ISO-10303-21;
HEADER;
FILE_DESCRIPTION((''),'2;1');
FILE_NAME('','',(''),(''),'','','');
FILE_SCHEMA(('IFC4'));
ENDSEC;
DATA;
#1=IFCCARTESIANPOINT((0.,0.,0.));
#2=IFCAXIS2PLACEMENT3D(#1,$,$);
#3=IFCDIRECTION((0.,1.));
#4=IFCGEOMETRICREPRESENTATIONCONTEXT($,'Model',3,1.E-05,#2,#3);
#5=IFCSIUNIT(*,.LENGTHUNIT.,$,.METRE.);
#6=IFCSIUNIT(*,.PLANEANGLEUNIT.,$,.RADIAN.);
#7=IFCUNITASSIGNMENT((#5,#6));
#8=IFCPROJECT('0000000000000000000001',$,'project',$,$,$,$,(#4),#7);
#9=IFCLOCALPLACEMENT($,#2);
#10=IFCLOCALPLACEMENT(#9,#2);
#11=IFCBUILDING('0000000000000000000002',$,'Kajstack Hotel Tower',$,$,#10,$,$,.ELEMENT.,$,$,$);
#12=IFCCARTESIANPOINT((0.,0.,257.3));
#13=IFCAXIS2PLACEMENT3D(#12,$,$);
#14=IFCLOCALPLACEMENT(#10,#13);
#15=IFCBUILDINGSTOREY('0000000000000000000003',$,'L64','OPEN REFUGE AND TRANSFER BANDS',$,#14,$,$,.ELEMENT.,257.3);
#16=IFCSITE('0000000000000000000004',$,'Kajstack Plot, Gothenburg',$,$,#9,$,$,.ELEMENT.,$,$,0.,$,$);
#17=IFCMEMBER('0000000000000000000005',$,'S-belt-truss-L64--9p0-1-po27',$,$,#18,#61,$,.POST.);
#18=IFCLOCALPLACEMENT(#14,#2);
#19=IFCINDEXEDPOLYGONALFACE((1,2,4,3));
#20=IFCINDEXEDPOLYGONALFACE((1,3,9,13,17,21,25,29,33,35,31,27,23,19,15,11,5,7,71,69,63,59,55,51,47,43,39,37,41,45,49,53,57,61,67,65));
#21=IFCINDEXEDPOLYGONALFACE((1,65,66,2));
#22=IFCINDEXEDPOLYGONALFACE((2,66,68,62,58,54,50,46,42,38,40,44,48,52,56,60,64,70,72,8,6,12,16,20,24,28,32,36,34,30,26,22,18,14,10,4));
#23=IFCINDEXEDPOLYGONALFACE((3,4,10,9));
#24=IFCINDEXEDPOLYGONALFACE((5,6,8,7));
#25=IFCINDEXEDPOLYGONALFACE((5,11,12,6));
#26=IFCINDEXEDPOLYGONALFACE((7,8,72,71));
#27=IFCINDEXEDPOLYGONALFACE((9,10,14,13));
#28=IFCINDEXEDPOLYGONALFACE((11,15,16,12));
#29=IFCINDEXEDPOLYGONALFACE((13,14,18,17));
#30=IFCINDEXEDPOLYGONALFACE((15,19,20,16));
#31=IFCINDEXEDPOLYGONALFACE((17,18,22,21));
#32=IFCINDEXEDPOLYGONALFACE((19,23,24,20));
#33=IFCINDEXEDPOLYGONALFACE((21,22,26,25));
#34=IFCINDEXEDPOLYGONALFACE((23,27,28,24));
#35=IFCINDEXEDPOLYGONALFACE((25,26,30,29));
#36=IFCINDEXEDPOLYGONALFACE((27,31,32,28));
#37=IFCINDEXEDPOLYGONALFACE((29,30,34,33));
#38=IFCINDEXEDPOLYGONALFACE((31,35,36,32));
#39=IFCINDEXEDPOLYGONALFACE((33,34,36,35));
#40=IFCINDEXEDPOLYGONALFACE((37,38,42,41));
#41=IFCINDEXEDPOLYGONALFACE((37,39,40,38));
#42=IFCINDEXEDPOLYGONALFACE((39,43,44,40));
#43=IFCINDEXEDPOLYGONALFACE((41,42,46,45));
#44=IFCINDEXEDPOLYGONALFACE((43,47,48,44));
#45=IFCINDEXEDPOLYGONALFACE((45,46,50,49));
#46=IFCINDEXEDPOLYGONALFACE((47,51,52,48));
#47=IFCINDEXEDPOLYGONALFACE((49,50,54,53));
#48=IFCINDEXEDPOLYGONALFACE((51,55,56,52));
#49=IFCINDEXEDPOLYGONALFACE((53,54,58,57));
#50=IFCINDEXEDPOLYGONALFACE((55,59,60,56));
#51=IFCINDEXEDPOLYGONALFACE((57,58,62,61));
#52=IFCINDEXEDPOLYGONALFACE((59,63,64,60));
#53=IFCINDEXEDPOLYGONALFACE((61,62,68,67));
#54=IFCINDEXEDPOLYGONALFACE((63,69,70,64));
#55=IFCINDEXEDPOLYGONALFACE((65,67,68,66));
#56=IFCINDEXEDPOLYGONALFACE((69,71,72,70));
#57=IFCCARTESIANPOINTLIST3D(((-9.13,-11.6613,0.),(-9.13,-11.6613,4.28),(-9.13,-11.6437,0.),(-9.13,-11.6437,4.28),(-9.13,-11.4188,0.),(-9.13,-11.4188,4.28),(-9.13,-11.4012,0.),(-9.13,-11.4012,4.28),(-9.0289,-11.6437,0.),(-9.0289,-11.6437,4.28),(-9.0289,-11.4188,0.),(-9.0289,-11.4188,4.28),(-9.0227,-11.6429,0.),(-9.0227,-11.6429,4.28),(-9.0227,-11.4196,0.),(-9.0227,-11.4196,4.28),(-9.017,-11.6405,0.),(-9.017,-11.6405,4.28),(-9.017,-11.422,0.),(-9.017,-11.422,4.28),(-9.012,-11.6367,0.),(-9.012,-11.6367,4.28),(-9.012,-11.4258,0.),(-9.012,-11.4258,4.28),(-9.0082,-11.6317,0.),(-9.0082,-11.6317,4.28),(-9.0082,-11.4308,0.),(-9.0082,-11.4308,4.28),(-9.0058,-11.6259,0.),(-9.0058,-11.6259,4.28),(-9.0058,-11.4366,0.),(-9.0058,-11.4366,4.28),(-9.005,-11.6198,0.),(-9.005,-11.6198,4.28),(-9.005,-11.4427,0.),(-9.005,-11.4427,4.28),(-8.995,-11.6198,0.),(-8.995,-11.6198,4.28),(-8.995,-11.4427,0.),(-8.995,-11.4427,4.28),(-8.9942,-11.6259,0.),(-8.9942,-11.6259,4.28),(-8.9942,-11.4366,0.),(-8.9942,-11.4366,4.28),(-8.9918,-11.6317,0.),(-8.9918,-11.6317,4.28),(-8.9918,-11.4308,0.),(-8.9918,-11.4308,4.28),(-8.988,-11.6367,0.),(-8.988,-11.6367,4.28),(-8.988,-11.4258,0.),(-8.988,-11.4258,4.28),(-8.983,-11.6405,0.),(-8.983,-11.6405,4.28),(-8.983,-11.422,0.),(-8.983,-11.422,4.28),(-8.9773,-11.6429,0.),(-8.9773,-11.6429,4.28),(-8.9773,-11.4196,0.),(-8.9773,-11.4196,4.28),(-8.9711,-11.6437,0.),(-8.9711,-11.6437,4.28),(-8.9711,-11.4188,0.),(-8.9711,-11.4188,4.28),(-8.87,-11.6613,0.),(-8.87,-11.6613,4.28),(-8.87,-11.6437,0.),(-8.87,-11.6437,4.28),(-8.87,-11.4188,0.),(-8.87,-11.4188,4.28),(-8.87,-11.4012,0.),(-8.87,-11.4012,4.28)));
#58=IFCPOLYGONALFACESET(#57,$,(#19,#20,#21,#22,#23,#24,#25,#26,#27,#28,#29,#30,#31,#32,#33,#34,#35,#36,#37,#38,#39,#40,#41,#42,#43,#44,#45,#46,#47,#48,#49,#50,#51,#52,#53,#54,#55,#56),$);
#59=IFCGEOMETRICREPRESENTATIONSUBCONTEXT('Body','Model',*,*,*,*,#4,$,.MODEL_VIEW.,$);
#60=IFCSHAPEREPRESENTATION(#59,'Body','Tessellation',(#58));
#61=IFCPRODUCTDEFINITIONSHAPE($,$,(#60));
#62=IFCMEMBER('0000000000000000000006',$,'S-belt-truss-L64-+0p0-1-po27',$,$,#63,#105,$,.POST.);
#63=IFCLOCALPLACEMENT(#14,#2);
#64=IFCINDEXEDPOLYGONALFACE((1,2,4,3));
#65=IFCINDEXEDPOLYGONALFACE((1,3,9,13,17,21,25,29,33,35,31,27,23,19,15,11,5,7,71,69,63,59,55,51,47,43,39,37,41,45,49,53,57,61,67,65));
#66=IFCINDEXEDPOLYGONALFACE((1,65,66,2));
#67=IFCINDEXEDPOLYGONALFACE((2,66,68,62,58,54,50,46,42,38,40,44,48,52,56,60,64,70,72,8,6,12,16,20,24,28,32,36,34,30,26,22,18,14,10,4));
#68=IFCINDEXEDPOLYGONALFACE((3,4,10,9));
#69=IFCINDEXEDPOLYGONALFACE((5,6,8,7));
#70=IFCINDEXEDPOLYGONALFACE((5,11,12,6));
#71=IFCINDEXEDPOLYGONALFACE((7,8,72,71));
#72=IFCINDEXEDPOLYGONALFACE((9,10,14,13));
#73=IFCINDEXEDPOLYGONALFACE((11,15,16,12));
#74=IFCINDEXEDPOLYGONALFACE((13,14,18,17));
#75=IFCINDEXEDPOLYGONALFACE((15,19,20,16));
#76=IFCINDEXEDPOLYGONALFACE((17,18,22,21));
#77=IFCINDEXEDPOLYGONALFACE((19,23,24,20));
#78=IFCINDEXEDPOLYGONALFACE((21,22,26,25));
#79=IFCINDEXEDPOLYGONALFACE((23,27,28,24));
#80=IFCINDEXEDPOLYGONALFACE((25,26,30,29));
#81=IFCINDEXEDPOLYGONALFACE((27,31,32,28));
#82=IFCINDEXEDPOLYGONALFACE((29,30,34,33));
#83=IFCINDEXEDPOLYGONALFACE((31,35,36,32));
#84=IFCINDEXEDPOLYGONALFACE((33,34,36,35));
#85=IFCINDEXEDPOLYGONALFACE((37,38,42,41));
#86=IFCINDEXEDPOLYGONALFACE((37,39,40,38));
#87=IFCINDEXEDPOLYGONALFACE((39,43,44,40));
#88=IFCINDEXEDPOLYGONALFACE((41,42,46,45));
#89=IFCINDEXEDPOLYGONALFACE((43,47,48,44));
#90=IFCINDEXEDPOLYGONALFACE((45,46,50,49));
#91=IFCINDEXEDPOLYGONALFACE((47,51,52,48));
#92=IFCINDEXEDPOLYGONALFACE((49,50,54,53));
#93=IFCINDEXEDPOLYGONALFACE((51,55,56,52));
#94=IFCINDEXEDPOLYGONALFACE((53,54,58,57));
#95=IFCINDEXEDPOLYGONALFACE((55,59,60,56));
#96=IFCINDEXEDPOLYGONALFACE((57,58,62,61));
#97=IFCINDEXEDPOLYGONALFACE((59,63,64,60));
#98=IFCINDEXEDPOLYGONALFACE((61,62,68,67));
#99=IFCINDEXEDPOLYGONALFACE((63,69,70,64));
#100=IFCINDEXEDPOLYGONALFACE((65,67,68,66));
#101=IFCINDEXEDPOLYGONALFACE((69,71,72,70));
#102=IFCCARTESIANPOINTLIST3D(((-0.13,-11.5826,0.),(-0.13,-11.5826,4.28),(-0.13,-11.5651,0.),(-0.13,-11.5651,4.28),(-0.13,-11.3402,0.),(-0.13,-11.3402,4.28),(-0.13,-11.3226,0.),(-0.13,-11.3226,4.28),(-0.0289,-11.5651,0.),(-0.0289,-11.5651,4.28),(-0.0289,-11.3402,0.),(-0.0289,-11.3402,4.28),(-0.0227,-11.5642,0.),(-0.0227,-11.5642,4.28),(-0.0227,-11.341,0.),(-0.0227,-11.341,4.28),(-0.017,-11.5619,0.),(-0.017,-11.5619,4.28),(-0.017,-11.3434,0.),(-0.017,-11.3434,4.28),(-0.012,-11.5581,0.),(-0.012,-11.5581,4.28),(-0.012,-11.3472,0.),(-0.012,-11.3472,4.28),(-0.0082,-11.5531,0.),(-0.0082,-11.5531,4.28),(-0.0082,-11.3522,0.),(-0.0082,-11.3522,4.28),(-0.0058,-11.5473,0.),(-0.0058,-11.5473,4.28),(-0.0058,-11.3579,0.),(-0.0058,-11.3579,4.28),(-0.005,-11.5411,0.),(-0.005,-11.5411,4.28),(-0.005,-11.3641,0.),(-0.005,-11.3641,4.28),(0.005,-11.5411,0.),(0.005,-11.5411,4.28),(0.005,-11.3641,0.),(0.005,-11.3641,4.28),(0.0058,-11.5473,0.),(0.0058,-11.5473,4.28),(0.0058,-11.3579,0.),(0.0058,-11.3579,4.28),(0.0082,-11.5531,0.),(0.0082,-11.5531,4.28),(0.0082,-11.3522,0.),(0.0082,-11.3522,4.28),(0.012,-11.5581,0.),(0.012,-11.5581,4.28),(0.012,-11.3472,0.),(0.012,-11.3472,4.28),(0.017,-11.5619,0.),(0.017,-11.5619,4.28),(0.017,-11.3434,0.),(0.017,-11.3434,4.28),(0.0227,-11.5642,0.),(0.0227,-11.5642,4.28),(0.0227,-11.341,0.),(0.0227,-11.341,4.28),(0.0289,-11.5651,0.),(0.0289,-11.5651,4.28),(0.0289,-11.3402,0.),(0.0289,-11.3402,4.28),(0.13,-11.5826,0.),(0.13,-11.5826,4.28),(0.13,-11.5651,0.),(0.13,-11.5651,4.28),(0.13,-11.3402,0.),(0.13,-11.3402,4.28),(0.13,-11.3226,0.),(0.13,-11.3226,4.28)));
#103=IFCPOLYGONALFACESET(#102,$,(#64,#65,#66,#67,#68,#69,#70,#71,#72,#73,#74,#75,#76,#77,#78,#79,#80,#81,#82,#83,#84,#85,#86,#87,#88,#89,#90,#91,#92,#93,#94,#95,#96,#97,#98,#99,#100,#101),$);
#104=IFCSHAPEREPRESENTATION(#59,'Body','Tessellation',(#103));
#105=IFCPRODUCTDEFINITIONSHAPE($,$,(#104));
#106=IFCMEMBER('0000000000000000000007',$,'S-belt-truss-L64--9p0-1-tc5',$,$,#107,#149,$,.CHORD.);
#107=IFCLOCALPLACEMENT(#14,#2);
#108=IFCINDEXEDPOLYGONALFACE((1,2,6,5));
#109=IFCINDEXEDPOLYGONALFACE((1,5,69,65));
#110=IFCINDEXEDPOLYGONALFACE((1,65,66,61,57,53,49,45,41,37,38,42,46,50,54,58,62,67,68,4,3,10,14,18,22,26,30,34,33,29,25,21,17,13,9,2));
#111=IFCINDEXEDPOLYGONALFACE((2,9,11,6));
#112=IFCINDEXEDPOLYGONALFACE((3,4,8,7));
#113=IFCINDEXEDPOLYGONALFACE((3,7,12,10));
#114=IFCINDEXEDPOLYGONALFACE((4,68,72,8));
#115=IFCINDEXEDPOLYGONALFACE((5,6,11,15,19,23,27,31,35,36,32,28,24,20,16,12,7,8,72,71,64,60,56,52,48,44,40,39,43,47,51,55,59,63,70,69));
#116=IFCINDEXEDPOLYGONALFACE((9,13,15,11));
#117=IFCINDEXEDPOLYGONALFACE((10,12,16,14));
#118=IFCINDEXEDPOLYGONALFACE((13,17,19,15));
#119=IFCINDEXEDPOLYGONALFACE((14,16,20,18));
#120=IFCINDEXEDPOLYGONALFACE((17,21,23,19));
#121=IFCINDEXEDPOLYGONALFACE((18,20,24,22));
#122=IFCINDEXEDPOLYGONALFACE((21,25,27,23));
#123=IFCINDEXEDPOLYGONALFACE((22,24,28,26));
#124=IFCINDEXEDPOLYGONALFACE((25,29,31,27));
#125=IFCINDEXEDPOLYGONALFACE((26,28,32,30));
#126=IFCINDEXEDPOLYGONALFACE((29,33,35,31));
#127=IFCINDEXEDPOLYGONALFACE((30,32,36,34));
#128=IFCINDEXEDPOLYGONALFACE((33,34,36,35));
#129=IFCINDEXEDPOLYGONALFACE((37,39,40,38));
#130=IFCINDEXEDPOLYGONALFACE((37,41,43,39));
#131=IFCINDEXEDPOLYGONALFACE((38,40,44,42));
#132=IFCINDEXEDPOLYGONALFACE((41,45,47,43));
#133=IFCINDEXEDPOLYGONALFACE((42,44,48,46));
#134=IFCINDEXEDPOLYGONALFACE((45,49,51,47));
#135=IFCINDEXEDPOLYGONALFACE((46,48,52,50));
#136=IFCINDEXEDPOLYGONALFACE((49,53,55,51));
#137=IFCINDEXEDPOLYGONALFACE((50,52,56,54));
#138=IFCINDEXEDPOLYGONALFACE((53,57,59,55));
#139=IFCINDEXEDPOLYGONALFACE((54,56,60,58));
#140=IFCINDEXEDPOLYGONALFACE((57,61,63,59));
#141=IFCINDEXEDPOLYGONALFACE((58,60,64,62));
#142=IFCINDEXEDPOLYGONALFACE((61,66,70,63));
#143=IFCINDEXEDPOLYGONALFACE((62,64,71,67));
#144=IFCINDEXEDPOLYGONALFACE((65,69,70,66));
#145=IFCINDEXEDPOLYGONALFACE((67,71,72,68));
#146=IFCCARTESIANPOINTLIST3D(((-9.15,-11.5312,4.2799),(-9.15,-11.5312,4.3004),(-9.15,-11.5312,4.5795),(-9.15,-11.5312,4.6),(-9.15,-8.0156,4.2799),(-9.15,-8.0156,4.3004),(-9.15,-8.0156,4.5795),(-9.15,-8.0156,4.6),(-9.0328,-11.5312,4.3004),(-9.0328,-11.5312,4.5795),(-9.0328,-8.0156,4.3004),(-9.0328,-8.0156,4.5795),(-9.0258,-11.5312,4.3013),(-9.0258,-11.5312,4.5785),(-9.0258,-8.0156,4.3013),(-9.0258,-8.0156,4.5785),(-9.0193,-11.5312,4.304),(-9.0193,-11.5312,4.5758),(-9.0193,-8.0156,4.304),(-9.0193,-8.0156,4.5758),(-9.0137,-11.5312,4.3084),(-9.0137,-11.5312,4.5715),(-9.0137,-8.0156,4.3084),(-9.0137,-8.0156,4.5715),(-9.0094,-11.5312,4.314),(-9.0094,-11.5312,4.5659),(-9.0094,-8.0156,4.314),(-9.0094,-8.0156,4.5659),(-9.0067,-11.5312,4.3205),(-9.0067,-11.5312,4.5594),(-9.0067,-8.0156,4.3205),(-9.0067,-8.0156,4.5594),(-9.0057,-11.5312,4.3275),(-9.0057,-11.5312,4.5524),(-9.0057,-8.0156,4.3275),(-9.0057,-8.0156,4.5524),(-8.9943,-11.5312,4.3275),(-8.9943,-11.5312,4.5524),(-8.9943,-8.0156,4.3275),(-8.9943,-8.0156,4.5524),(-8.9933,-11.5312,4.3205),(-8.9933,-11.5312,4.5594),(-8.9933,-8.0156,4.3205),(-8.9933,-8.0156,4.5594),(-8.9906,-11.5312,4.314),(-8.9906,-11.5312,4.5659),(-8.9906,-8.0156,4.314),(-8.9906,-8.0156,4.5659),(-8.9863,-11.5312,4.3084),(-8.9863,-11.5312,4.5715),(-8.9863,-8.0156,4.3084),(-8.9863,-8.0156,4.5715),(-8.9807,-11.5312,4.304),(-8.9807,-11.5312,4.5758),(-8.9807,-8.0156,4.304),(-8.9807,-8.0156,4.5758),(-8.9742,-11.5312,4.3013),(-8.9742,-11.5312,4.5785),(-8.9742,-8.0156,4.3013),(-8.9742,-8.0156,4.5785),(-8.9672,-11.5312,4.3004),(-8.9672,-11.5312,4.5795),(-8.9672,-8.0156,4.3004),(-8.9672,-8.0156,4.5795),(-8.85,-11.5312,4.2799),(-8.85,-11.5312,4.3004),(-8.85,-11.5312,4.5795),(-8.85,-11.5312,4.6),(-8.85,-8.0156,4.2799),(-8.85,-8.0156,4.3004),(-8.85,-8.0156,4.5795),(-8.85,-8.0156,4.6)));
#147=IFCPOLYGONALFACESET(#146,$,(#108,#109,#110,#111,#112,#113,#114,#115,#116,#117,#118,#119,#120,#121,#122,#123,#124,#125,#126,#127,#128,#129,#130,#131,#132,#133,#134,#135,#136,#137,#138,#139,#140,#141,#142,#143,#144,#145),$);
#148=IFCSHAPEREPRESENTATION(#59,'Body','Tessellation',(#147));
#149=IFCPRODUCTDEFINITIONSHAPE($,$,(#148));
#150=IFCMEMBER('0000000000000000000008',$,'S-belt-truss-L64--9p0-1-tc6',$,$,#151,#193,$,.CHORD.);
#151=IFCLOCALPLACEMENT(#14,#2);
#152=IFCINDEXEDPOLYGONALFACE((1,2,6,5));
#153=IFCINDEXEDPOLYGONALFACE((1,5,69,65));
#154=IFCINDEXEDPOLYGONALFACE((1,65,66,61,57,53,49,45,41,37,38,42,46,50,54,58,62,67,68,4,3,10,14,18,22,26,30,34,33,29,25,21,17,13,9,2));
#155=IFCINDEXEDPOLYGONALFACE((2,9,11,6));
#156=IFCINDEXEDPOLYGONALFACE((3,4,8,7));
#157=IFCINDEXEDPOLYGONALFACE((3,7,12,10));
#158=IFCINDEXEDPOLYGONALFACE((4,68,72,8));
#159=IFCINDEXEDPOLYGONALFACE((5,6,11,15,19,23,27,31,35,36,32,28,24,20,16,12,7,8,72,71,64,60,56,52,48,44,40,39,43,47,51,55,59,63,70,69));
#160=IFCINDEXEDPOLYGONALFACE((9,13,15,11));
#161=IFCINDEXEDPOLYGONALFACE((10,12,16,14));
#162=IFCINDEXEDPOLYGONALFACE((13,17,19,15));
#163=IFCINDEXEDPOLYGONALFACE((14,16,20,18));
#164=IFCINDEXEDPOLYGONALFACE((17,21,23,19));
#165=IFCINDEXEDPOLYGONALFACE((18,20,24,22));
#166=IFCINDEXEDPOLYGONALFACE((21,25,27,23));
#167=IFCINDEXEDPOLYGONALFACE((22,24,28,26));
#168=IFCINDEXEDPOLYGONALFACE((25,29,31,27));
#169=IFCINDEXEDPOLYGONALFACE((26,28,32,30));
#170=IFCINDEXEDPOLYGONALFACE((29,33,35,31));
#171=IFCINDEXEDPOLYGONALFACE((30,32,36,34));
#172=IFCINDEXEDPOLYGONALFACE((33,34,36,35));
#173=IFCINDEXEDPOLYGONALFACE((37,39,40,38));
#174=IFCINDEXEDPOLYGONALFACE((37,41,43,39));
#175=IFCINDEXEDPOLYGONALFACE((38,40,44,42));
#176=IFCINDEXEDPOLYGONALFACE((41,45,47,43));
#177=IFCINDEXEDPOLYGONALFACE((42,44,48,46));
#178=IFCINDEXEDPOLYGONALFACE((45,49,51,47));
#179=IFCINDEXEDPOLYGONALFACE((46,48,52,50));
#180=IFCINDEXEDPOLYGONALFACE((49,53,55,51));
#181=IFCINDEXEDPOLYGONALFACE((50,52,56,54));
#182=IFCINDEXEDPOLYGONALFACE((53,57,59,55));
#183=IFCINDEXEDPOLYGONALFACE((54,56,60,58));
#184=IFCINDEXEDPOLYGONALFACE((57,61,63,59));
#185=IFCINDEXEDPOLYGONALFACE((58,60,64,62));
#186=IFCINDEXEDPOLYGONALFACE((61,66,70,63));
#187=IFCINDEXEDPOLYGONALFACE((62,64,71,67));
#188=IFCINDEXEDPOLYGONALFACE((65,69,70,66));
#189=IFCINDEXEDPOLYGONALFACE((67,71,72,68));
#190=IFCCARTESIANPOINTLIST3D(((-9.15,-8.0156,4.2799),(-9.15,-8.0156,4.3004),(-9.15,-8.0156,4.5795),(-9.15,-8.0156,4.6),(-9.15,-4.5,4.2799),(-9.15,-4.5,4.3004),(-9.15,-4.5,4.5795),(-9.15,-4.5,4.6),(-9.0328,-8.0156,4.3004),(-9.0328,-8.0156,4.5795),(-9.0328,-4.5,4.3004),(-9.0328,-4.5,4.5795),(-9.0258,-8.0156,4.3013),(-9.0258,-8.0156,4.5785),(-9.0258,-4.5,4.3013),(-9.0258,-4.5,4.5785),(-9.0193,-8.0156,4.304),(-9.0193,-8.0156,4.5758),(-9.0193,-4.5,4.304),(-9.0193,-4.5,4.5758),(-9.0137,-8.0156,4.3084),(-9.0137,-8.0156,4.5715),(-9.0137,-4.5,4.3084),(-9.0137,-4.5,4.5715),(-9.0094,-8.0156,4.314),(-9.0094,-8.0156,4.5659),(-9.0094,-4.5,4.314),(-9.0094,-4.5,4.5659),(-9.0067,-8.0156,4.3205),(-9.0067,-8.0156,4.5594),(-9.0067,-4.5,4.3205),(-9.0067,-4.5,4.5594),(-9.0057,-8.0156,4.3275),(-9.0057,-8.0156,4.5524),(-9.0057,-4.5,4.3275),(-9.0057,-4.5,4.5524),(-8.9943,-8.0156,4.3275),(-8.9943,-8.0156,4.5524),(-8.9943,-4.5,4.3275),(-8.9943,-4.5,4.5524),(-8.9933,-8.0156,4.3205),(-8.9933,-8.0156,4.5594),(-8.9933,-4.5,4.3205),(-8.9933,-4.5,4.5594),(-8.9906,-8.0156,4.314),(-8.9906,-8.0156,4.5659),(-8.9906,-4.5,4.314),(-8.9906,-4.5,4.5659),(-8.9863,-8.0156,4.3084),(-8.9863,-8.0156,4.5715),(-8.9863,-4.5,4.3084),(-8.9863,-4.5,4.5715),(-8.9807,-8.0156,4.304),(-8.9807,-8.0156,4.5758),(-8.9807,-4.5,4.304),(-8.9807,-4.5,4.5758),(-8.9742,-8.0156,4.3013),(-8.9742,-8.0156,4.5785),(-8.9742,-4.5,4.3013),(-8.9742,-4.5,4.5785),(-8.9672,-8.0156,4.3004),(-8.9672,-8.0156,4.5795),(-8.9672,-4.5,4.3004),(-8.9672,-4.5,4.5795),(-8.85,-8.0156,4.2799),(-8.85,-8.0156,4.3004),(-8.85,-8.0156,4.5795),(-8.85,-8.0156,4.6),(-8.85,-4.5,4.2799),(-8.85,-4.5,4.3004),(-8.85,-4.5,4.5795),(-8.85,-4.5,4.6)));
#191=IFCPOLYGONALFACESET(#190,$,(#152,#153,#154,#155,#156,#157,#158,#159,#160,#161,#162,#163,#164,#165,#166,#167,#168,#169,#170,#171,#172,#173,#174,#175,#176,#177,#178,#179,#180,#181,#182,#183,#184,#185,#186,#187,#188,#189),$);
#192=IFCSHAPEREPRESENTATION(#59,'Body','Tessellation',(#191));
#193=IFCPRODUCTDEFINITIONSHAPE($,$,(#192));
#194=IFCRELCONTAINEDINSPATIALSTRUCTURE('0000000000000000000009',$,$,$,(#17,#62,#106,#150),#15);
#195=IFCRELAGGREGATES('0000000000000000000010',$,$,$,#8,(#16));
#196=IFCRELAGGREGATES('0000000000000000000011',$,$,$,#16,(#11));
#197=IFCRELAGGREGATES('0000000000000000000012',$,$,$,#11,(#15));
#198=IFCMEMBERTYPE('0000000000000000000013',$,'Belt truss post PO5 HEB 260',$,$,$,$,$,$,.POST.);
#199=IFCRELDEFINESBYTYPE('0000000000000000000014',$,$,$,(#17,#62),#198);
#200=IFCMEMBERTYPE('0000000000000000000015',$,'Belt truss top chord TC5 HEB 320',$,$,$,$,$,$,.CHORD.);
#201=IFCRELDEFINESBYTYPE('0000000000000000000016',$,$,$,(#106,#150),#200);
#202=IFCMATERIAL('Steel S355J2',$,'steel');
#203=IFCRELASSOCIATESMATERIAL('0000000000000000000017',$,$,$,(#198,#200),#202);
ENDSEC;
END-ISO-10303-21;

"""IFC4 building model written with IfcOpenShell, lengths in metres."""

from ifc_helpers import new_model, si_unit, direction, frame, origin, origin_2d, place, context, subcontext, project, spatial, i_section, extrude, material, material_profile, profile_set, type_object, element, save


model = new_model("IFC4")

# Units and contexts
model_context = context("Model", 3, precision=1e-05, world=origin(), true_north=direction((0.0, 1.0)))
body_context = subcontext(model_context, "Body", "Model", "MODEL_VIEW")
ifc_project = project(units=[si_unit("LENGTHUNIT", "METRE"), si_unit("PLANEANGLEUNIT", "RADIAN")], contexts=[model_context])

# Site, building, storey
site_placement = place(None, origin())
site = spatial("IfcSite", under=ifc_project, at=site_placement, Name="Kajstack Plot, Gothenburg", CompositionType="ELEMENT", RefElevation=0.0)
building_placement = place(site_placement, origin())
building = spatial("IfcBuilding", under=site, at=building_placement, Name="Kajstack Hotel Tower", CompositionType="ELEMENT")
storey_placement = place(building_placement, frame((0.0, 0.0, 257.3)))
storey = spatial("IfcBuildingStorey", under=building, at=storey_placement, Name="L64", Description="OPEN REFUGE AND TRANSFER BANDS", CompositionType="ELEMENT", Elevation=257.3)

# Members
ifc_material_1 = material(Name="Steel S355J2", Category="steel")
ifc_material_profile_1 = material_profile(ifc_material_1, i_section(OverallWidth=0.26, OverallDepth=0.26, WebThickness=0.01, FlangeThickness=0.0176, FilletRadius=0.0239, at=origin_2d()), Name="HEB 260")
ifc_profile_set_1 = profile_set([ifc_material_profile_1], Name="Steel S355J2")
member_type_1 = type_object("IfcMemberType", Name="Belt truss post PO5 HEB 260", PredefinedType="POST", material=ifc_profile_set_1)
for number, where, z_axis, x_axis, name in (
    (1, (-9.0, -11.5312, 0.0), (0.0, 0.0, 1.0), (1.0, 0.0, 0.0), "S-belt-truss-L64--9p0-1-po27"),
    (2, (0.0, -11.4526, 0.0), (0.0, 0.0, 1.0), (1.0, 0.0, 0.0), "S-belt-truss-L64-+0p0-1-po27"),
):
    element("IfcMember", number, at=place(storey_placement, frame(where, z_axis=z_axis, x_axis=x_axis)), inside=storey, type_object=member_type_1, Name=name, PredefinedType="POST", context=body_context, shape_type="SweptSolid", body=[
        extrude(i_section(OverallWidth=0.26, OverallDepth=0.26, WebThickness=0.01, FlangeThickness=0.0176, FilletRadius=0.0239, at=origin_2d()), origin(), (0.0, 0.0, 1.0), 4.28),
    ])
ifc_material_profile_2 = material_profile(ifc_material_1, i_section(OverallWidth=0.3, OverallDepth=0.3201, WebThickness=0.0115, FlangeThickness=0.0205, FilletRadius=0.0271, at=origin_2d()), Name="HEB 320")
ifc_profile_set_2 = profile_set([ifc_material_profile_2], Name="Steel S355J2")
member_type_2 = type_object("IfcMemberType", Name="Belt truss top chord TC5 HEB 320", PredefinedType="CHORD", material=ifc_profile_set_2)
for number, where, z_axis, x_axis, name in (
    (3, (-9.0, -11.5312, 4.4399), (0.0, 1.0, 0.0), (-1.0, 0.0, 0.0), "S-belt-truss-L64--9p0-1-tc5"),
    (4, (-9.0, -8.0156, 4.4399), (0.0, 1.0, 0.0), (-1.0, 0.0, 0.0), "S-belt-truss-L64--9p0-1-tc6"),
):
    element("IfcMember", number, at=place(storey_placement, frame(where, z_axis=z_axis, x_axis=x_axis)), inside=storey, type_object=member_type_2, Name=name, PredefinedType="CHORD", context=body_context, shape_type="SweptSolid", body=[
        extrude(i_section(OverallWidth=0.3, OverallDepth=0.3201, WebThickness=0.0115, FlangeThickness=0.0205, FilletRadius=0.0271, at=origin_2d()), origin(), (0.0, 0.0, 1.0), 3.5156),
    ])

save(model, "model.ifc")
